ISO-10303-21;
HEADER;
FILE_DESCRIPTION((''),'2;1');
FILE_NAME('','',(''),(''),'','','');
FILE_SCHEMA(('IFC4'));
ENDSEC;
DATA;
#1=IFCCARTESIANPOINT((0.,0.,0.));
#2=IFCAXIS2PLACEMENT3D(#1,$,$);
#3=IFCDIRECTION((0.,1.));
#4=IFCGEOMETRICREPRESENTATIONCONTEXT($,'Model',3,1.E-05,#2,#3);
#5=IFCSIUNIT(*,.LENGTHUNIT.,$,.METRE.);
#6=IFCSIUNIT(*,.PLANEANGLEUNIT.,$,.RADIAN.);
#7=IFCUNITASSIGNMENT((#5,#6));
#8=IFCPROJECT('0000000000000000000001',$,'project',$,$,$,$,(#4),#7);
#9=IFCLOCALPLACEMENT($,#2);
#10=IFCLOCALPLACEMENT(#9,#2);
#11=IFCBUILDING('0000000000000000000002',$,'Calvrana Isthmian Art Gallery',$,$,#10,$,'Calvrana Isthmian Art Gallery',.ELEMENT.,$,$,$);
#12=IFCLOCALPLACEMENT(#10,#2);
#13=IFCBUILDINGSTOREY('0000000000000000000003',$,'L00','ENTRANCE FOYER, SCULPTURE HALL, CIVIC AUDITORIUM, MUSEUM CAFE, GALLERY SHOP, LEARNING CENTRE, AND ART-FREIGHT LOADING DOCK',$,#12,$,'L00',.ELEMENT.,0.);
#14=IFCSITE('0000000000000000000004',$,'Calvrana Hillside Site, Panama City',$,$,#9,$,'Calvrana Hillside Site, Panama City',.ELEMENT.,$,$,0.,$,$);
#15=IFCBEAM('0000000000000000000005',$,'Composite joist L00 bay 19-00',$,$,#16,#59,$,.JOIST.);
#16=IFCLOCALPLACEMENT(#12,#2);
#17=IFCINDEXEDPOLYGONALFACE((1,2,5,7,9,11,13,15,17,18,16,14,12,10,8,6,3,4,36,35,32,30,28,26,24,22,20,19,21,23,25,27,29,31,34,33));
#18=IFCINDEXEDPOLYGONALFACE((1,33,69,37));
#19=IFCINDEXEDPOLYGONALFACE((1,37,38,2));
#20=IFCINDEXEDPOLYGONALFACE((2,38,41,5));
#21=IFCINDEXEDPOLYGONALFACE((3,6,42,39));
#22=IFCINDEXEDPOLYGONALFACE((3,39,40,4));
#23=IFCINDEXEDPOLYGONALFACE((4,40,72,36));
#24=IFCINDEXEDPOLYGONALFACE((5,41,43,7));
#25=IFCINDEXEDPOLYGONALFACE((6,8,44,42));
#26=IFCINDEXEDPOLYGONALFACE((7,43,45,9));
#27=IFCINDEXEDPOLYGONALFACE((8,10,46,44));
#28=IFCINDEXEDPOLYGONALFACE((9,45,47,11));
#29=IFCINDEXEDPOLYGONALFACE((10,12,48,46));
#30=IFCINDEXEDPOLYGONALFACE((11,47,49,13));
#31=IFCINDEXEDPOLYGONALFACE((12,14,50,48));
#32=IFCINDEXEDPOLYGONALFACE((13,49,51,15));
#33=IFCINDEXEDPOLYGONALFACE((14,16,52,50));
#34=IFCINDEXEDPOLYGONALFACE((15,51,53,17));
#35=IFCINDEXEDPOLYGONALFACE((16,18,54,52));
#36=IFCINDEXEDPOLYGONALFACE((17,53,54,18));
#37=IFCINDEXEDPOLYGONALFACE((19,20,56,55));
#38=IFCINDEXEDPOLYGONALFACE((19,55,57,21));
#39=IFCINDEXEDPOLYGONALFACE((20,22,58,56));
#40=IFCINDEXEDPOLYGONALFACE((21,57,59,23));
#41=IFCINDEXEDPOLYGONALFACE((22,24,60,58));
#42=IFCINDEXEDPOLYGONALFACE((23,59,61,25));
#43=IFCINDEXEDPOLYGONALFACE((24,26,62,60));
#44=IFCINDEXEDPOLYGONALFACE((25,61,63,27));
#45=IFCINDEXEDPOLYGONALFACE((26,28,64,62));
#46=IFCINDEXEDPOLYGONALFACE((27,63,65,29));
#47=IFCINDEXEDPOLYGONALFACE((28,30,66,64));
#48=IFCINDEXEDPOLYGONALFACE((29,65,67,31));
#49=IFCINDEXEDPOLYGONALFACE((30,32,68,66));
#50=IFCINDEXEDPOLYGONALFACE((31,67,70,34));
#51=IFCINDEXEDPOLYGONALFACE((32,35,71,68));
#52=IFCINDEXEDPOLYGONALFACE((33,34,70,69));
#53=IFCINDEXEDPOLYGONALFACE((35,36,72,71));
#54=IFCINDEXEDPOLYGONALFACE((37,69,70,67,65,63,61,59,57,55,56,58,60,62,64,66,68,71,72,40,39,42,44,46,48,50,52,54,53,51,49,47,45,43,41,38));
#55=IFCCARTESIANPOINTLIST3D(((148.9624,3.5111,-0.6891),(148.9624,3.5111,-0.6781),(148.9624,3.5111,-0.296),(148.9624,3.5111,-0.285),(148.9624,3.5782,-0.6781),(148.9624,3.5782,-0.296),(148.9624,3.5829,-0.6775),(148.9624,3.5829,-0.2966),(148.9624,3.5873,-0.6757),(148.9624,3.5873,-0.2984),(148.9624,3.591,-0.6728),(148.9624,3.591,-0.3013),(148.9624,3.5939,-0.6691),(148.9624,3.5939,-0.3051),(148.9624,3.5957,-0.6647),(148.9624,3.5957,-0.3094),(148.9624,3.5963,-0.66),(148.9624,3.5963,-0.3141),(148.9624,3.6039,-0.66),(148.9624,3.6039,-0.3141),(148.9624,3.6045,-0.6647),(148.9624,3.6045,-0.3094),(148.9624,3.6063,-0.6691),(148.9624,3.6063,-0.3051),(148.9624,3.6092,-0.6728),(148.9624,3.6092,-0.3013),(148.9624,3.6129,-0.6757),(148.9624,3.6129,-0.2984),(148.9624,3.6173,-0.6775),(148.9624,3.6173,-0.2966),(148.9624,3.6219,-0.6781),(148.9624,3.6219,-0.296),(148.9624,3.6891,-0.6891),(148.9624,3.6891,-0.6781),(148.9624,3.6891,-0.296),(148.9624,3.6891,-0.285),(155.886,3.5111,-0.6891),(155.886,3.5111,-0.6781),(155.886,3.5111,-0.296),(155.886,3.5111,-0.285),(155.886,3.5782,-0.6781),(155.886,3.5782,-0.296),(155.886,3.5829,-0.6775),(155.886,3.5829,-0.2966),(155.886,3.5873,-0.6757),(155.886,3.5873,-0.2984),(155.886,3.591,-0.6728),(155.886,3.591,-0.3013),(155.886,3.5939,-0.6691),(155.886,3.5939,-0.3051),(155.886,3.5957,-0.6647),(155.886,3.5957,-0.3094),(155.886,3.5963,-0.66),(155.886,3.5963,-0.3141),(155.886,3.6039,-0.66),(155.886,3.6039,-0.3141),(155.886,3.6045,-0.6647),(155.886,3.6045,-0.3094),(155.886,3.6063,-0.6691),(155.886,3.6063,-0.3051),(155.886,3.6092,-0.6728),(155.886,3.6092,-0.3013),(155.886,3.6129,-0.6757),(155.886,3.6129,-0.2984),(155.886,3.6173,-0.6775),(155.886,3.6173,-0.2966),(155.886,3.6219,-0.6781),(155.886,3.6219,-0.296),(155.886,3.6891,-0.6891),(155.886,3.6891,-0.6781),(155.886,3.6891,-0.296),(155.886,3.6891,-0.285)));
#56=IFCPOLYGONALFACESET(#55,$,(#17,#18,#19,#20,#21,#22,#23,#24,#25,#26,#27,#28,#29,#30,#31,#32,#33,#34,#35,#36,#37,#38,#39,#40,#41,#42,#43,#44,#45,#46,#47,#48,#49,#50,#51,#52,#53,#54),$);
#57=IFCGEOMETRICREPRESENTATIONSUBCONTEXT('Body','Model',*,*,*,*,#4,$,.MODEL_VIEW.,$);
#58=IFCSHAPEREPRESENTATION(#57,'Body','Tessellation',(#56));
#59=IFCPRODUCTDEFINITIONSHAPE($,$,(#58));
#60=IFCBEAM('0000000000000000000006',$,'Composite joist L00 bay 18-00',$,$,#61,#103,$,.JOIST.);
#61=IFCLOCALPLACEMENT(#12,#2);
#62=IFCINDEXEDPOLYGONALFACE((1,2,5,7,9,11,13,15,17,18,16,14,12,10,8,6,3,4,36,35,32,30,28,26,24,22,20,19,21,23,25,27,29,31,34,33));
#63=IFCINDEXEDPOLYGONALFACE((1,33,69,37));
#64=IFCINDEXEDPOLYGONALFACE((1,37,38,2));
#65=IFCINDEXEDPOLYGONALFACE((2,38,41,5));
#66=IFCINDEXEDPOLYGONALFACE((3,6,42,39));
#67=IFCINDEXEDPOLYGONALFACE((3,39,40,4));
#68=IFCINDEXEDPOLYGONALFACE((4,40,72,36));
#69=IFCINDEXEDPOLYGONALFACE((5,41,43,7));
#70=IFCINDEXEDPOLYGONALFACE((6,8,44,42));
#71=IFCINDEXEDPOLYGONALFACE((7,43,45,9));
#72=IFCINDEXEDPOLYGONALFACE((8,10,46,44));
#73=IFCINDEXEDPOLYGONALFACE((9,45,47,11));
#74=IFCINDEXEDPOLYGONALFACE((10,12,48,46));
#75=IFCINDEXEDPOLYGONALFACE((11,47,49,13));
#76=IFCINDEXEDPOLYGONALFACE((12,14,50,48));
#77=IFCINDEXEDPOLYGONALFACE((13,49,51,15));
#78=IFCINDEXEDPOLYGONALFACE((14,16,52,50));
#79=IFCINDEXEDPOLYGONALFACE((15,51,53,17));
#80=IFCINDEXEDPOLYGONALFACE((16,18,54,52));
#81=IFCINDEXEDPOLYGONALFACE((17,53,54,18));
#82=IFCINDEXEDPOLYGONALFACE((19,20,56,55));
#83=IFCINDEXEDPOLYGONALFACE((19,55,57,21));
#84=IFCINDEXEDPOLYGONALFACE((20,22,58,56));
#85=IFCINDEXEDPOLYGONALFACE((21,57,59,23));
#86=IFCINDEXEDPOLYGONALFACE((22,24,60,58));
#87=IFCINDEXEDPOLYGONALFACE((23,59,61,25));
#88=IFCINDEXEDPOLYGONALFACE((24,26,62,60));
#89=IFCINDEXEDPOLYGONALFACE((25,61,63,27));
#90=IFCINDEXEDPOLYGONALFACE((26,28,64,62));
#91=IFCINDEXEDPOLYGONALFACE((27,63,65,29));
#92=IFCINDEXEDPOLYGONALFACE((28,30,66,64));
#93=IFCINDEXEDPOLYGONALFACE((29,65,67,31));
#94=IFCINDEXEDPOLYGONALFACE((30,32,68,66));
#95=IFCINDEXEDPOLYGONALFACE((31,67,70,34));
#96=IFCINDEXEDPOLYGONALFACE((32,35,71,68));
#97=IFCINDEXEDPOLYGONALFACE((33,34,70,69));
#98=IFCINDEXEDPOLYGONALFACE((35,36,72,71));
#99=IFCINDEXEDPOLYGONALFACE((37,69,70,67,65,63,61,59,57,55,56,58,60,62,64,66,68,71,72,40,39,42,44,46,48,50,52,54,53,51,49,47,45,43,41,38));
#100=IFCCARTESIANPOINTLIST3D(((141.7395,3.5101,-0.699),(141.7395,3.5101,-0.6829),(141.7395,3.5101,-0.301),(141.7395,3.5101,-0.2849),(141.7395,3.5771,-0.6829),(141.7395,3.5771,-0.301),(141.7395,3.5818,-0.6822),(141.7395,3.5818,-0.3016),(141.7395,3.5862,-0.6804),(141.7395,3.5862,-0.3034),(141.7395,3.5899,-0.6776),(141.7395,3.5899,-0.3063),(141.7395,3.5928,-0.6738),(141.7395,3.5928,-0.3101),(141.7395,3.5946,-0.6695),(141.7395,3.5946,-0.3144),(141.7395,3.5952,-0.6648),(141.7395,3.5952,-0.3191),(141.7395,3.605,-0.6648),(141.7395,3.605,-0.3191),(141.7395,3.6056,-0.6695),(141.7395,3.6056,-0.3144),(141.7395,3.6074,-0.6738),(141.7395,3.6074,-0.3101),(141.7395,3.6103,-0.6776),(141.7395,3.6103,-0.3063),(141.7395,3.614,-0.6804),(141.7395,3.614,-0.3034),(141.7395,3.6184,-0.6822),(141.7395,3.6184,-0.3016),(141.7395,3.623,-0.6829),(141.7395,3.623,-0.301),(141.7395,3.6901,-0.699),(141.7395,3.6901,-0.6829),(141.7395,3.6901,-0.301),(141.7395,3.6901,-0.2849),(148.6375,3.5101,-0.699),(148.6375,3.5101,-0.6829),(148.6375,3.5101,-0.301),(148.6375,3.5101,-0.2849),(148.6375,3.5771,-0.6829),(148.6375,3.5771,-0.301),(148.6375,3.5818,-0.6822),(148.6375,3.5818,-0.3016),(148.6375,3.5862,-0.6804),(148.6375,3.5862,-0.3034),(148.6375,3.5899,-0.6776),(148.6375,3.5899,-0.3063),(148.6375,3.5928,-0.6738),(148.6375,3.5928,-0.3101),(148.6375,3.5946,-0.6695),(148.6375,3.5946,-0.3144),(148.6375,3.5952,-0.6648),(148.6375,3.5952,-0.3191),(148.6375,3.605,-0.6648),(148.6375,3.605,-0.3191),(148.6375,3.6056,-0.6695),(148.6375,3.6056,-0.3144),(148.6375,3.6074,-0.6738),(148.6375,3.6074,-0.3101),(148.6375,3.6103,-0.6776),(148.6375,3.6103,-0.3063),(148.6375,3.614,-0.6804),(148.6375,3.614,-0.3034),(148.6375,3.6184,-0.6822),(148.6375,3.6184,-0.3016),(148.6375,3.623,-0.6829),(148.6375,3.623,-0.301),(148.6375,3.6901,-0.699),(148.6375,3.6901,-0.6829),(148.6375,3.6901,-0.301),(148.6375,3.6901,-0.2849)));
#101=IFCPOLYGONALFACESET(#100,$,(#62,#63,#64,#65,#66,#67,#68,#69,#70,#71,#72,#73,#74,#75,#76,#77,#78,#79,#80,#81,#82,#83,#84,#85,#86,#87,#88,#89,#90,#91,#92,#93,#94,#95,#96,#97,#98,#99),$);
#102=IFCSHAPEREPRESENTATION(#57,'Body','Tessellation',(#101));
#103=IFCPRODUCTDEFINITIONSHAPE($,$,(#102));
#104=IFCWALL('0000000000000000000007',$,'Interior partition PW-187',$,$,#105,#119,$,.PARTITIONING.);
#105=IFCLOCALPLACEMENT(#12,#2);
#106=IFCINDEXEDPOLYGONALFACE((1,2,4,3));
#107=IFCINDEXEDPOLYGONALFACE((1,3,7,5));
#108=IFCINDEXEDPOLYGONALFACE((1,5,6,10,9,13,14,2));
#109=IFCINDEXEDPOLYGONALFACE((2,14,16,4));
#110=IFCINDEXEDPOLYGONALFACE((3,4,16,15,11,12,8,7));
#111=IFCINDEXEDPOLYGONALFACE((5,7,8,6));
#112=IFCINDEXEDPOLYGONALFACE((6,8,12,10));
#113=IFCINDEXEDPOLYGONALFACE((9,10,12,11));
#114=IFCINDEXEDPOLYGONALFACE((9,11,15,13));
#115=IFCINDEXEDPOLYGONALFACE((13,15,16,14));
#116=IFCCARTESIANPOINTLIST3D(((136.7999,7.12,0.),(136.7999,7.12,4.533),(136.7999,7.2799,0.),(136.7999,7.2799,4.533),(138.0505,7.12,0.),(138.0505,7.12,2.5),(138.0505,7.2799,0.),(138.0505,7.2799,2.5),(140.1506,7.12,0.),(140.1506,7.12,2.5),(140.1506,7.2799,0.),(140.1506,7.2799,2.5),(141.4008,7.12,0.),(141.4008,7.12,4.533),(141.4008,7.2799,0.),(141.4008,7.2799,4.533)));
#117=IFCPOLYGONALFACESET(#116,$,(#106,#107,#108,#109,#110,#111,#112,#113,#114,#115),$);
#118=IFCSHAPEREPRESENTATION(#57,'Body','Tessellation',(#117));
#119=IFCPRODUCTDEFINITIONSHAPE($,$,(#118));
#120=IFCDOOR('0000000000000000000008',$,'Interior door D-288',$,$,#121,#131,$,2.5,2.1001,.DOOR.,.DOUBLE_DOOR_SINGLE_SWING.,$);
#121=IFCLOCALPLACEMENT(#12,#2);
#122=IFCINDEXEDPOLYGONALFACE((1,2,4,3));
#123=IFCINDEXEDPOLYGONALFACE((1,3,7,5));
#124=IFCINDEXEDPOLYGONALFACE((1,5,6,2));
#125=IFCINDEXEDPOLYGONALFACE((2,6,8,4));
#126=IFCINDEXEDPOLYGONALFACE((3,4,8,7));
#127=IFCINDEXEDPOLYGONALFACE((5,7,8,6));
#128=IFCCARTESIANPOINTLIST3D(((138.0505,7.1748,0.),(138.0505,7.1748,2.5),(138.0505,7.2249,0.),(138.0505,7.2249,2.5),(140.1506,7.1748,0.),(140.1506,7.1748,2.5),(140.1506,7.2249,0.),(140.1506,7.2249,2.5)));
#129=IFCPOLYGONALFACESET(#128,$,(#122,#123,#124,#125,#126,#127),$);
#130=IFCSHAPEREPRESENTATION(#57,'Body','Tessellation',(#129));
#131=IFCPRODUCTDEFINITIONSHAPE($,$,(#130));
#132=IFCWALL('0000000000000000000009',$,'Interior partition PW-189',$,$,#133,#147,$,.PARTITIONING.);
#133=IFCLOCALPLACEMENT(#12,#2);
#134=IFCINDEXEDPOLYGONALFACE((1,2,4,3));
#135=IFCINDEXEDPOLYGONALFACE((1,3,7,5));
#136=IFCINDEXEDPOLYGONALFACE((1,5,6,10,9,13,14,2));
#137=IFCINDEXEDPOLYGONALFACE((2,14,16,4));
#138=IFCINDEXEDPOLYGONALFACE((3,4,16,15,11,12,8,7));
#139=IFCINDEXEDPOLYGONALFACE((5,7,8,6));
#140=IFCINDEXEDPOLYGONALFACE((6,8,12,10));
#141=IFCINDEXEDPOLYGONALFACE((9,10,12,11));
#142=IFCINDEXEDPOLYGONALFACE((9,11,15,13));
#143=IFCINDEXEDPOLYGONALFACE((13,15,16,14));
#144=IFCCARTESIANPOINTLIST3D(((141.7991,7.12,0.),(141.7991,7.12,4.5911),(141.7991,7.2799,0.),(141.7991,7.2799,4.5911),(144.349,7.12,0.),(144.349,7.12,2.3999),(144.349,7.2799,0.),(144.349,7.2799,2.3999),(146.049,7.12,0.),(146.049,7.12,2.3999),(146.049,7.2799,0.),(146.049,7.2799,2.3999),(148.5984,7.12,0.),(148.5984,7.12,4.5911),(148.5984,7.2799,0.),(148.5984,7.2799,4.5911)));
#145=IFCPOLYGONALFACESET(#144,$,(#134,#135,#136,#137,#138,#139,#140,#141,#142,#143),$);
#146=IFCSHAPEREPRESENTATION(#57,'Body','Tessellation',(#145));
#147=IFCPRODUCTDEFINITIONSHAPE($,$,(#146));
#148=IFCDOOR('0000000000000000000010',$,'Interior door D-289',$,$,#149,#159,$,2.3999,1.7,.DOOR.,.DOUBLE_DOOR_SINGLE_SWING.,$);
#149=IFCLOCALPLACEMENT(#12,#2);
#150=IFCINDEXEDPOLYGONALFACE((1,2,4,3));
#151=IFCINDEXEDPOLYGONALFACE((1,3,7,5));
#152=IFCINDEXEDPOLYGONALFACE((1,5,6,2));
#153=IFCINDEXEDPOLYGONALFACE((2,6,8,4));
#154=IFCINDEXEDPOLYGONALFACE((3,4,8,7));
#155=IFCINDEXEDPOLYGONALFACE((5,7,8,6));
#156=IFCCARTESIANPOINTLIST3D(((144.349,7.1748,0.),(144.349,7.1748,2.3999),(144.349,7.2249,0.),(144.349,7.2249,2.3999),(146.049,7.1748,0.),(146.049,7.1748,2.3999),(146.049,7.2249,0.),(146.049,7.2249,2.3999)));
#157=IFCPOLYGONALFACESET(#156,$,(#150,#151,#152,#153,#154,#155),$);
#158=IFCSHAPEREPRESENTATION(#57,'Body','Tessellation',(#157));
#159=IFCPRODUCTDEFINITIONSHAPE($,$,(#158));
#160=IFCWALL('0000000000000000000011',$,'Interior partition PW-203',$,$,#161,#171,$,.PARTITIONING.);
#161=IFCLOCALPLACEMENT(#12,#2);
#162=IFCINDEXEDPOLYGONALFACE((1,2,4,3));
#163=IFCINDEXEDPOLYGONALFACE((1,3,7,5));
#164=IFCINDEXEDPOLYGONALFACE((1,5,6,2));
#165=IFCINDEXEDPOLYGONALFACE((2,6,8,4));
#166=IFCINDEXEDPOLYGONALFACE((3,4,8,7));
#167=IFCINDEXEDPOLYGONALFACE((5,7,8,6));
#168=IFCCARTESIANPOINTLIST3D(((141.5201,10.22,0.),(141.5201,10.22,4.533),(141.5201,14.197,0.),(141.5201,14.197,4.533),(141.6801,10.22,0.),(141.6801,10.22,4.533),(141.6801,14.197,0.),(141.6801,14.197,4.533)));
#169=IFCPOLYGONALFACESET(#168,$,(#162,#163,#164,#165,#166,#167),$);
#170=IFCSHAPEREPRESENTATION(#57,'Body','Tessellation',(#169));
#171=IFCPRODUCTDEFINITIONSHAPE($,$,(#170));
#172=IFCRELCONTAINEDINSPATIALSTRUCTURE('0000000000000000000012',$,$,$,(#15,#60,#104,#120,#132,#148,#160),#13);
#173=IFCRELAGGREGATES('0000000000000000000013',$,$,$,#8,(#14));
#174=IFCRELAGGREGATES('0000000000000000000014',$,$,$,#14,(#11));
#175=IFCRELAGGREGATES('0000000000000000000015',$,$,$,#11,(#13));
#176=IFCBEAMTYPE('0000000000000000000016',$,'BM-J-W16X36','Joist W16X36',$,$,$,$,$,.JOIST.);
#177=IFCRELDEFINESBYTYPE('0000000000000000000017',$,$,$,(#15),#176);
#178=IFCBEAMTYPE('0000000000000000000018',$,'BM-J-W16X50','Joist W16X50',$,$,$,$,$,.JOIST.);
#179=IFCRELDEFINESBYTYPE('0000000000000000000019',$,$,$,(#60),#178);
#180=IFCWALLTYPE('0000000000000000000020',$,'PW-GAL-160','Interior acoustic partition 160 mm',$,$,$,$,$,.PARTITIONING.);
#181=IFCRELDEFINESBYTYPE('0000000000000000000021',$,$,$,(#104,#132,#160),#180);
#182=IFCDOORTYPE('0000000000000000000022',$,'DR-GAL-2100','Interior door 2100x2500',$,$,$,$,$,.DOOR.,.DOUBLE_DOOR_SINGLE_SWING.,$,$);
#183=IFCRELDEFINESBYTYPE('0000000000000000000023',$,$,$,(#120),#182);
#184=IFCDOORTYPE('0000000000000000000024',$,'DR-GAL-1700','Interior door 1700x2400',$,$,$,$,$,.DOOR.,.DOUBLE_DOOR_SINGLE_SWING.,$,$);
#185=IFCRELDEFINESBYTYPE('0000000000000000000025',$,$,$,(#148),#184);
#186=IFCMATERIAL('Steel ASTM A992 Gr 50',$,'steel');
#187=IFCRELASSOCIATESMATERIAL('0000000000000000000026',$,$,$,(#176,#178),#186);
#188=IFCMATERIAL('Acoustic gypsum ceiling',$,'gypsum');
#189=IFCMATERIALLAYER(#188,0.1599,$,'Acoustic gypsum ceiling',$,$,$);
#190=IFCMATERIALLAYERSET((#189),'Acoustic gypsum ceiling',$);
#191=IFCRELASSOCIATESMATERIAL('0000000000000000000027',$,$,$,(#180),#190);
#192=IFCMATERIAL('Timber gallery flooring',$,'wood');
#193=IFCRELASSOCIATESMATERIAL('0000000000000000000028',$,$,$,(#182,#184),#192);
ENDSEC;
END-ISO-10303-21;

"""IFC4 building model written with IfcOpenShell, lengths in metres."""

from ifc_helpers import new_model, si_unit, direction, frame, frame_2d, origin, origin_2d, place, context, subcontext, project, spatial, rectangle, i_section, extrude, material, layer, layer_set, material_profile, profile_set, type_object, element, fill, save


model = new_model("IFC4")

# Units and contexts
model_context = context("Model", 3, precision=1e-05, world=origin(), true_north=direction((0.0, 1.0)))
body_context = subcontext(model_context, "Body", "Model", "MODEL_VIEW")
ifc_project = project(units=[si_unit("LENGTHUNIT", "METRE"), si_unit("PLANEANGLEUNIT", "RADIAN")], contexts=[model_context])

# Site, building, storey
site_placement = place(None, origin())
site = spatial("IfcSite", under=ifc_project, at=site_placement, Name="Calvrana Hillside Site, Panama City", LongName="Calvrana Hillside Site, Panama City", CompositionType="ELEMENT", RefElevation=0.0)
building_placement = place(site_placement, origin())
building = spatial("IfcBuilding", under=site, at=building_placement, Name="Calvrana Isthmian Art Gallery", LongName="Calvrana Isthmian Art Gallery", CompositionType="ELEMENT")
storey_placement = place(building_placement, origin())
storey = spatial("IfcBuildingStorey", under=building, at=storey_placement, Name="L00", Description="ENTRANCE FOYER, SCULPTURE HALL, CIVIC AUDITORIUM, MUSEUM CAFE, GALLERY SHOP, LEARNING CENTRE, AND ART-FREIGHT LOADING DOCK", LongName="L00", CompositionType="ELEMENT", Elevation=0.0)

# Shared definitions
ifc_material_1 = material(Name="Steel ASTM A992 Gr 50", Category="steel")

# Beams
ifc_material_profile_1 = material_profile(ifc_material_1, i_section(OverallWidth=0.178, OverallDepth=0.4041, WebThickness=0.0076, FlangeThickness=0.011, FilletRadius=0.0181, at=origin_2d()), Name="W16X36")
ifc_profile_set_1 = profile_set([ifc_material_profile_1], Name="Steel ASTM A992 Gr 50")
beam_type_1 = type_object("IfcBeamType", Name="BM-J-W16X36", Description="Joist W16X36", PredefinedType="JOIST", material=ifc_profile_set_1)
for number, where, z_axis, x_axis, name in (
    (1, (148.9624, 3.6001, -0.4871), (1.0, 0.0, 0.0), (0.0, 1.0, 0.0), "Composite joist L00 bay 19-00"),
):
    element("IfcBeam", number, at=place(storey_placement, frame(where, z_axis=z_axis, x_axis=x_axis)), inside=storey, type_object=beam_type_1, Name=name, PredefinedType="JOIST", context=body_context, shape_type="SweptSolid", body=[
        extrude(i_section(OverallWidth=0.178, OverallDepth=0.4041, WebThickness=0.0076, FlangeThickness=0.011, FilletRadius=0.0181, at=origin_2d()), origin(), (0.0, 0.0, 1.0), 6.9236),
    ])
ifc_material_profile_2 = material_profile(ifc_material_1, i_section(OverallWidth=0.1799, OverallDepth=0.4141, WebThickness=0.0098, FlangeThickness=0.0161, FilletRadius=0.0181, at=origin_2d()), Name="W16X50")
ifc_profile_set_2 = profile_set([ifc_material_profile_2], Name="Steel ASTM A992 Gr 50")
beam_type_2 = type_object("IfcBeamType", Name="BM-J-W16X50", Description="Joist W16X50", PredefinedType="JOIST", material=ifc_profile_set_2)
beam_1_placement = place(storey_placement, frame((141.7395, 3.6001, -0.4919), z_axis=(1.0, 0.0, 0.0), x_axis=(0.0, 1.0, 0.0)))
element("IfcBeam", 2, at=beam_1_placement, inside=storey, type_object=beam_type_2, Name="Composite joist L00 bay 18-00", PredefinedType="JOIST", context=body_context, shape_type="SweptSolid", body=[
    extrude(i_section(OverallWidth=0.1799, OverallDepth=0.4141, WebThickness=0.0098, FlangeThickness=0.0161, FilletRadius=0.0181, at=origin_2d()), origin(), (0.0, 0.0, 1.0), 6.8979),
])

# Walls, openings, doors
ifc_material_2 = material(Name="Acoustic gypsum ceiling", Category="gypsum")
ifc_layer = layer(ifc_material_2, 0.1599, Name="Acoustic gypsum ceiling")
ifc_layer_set = layer_set([ifc_layer], Name="Acoustic gypsum ceiling")
wall_type = type_object("IfcWallType", Name="PW-GAL-160", Description="Interior acoustic partition 160 mm", PredefinedType="PARTITIONING", material=ifc_layer_set)
wall_1_placement = place(storey_placement, frame((136.8, 7.2, 0.0), z_axis=(0.0, 0.0, 1.0), x_axis=(1.0, 0.0, 0.0)))
wall_1 = element("IfcWall", 3, at=wall_1_placement, inside=storey, type_object=wall_type, Name="Interior partition PW-187", PredefinedType="PARTITIONING", context=body_context, shape_type="SweptSolid", body=[
    extrude(rectangle(XDim=4.6008, YDim=0.1599, at=frame_2d((2.3003, 0.0))), origin(), (0.0, 0.0, 1.0), 4.533),
])
opening_1_placement = place(wall_1_placement, frame((1.2505, 0.0, 0.0)))
opening_1 = element("IfcOpeningElement", 4, at=opening_1_placement, cuts=wall_1, PredefinedType="OPENING", context=body_context, shape_type="SweptSolid", body=[
    extrude(rectangle(XDim=2.1001, YDim=2.5, at=frame_2d((1.05, 1.25))), frame((0.0, 0.0903, 0.0), z_axis=(0.0, -1.0, 0.0), x_axis=(1.0, 0.0, 0.0)), (0.0, 0.0, 1.0), 0.1804),
])
ifc_material_3 = material(Name="Timber gallery flooring", Category="wood")
door_type_1 = type_object("IfcDoorType", Name="DR-GAL-2100", Description="Interior door 2100x2500", OperationType="DOUBLE_DOOR_SINGLE_SWING", PredefinedType="DOOR", material=ifc_material_3)
door_1_placement = place(opening_1_placement, origin())
door_1 = element("IfcDoor", 5, at=door_1_placement, inside=storey, type_object=door_type_1, Name="Interior door D-288", OperationType="DOUBLE_DOOR_SINGLE_SWING", OverallHeight=2.5, OverallWidth=2.1001, PredefinedType="DOOR", context=body_context, shape_type="SweptSolid", body=[
    extrude(rectangle(XDim=2.1001, YDim=2.5, at=frame_2d((1.05, 1.25))), frame((0.0, 0.0249, 0.0), z_axis=(0.0, -1.0, 0.0), x_axis=(1.0, 0.0, 0.0)), (0.0, 0.0, 1.0), 0.05),
])
fill(opening_1, door_1)
wall_2_placement = place(storey_placement, frame((141.7991, 7.2, 0.0), z_axis=(0.0, 0.0, 1.0), x_axis=(1.0, 0.0, 0.0)))
wall_2 = element("IfcWall", 6, at=wall_2_placement, inside=storey, type_object=wall_type, Name="Interior partition PW-189", PredefinedType="PARTITIONING", context=body_context, shape_type="SweptSolid", body=[
    extrude(rectangle(XDim=6.7993, YDim=0.1599, at=frame_2d((3.3997, 0.0))), origin(), (0.0, 0.0, 1.0), 4.5911),
])
opening_2_placement = place(wall_2_placement, frame((2.5498, 0.0, 0.0)))
opening_2 = element("IfcOpeningElement", 7, at=opening_2_placement, cuts=wall_2, PredefinedType="OPENING", context=body_context, shape_type="SweptSolid", body=[
    extrude(rectangle(XDim=1.7, YDim=2.3999, at=frame_2d((0.8501, 1.2))), frame((0.0, 0.0903, 0.0), z_axis=(0.0, -1.0, 0.0), x_axis=(1.0, 0.0, 0.0)), (0.0, 0.0, 1.0), 0.1804),
])
door_type_2 = type_object("IfcDoorType", Name="DR-GAL-1700", Description="Interior door 1700x2400", OperationType="DOUBLE_DOOR_SINGLE_SWING", PredefinedType="DOOR", material=ifc_material_3)
door_2_placement = place(opening_2_placement, origin())
door_2 = element("IfcDoor", 8, at=door_2_placement, inside=storey, type_object=door_type_2, Name="Interior door D-289", OperationType="DOUBLE_DOOR_SINGLE_SWING", OverallHeight=2.3999, OverallWidth=1.7, PredefinedType="DOOR", context=body_context, shape_type="SweptSolid", body=[
    extrude(rectangle(XDim=1.7, YDim=2.3999, at=frame_2d((0.8501, 1.2))), frame((0.0, 0.0249, 0.0), z_axis=(0.0, -1.0, 0.0), x_axis=(1.0, 0.0, 0.0)), (0.0, 0.0, 1.0), 0.05),
])
fill(opening_2, door_2)

# Wall
wall_3_placement = place(storey_placement, frame((141.6001, 10.22, 0.0), z_axis=(0.0, 0.0, 1.0), x_axis=(0.0, 1.0, 0.0)))
element("IfcWall", 9, at=wall_3_placement, inside=storey, type_object=wall_type, Name="Interior partition PW-203", PredefinedType="PARTITIONING", context=body_context, shape_type="SweptSolid", body=[
    extrude(rectangle(XDim=3.9771, YDim=0.1599, at=frame_2d((1.9885, 0.0))), origin(), (0.0, 0.0, 1.0), 4.533),
])

save(model, "model.ifc")
